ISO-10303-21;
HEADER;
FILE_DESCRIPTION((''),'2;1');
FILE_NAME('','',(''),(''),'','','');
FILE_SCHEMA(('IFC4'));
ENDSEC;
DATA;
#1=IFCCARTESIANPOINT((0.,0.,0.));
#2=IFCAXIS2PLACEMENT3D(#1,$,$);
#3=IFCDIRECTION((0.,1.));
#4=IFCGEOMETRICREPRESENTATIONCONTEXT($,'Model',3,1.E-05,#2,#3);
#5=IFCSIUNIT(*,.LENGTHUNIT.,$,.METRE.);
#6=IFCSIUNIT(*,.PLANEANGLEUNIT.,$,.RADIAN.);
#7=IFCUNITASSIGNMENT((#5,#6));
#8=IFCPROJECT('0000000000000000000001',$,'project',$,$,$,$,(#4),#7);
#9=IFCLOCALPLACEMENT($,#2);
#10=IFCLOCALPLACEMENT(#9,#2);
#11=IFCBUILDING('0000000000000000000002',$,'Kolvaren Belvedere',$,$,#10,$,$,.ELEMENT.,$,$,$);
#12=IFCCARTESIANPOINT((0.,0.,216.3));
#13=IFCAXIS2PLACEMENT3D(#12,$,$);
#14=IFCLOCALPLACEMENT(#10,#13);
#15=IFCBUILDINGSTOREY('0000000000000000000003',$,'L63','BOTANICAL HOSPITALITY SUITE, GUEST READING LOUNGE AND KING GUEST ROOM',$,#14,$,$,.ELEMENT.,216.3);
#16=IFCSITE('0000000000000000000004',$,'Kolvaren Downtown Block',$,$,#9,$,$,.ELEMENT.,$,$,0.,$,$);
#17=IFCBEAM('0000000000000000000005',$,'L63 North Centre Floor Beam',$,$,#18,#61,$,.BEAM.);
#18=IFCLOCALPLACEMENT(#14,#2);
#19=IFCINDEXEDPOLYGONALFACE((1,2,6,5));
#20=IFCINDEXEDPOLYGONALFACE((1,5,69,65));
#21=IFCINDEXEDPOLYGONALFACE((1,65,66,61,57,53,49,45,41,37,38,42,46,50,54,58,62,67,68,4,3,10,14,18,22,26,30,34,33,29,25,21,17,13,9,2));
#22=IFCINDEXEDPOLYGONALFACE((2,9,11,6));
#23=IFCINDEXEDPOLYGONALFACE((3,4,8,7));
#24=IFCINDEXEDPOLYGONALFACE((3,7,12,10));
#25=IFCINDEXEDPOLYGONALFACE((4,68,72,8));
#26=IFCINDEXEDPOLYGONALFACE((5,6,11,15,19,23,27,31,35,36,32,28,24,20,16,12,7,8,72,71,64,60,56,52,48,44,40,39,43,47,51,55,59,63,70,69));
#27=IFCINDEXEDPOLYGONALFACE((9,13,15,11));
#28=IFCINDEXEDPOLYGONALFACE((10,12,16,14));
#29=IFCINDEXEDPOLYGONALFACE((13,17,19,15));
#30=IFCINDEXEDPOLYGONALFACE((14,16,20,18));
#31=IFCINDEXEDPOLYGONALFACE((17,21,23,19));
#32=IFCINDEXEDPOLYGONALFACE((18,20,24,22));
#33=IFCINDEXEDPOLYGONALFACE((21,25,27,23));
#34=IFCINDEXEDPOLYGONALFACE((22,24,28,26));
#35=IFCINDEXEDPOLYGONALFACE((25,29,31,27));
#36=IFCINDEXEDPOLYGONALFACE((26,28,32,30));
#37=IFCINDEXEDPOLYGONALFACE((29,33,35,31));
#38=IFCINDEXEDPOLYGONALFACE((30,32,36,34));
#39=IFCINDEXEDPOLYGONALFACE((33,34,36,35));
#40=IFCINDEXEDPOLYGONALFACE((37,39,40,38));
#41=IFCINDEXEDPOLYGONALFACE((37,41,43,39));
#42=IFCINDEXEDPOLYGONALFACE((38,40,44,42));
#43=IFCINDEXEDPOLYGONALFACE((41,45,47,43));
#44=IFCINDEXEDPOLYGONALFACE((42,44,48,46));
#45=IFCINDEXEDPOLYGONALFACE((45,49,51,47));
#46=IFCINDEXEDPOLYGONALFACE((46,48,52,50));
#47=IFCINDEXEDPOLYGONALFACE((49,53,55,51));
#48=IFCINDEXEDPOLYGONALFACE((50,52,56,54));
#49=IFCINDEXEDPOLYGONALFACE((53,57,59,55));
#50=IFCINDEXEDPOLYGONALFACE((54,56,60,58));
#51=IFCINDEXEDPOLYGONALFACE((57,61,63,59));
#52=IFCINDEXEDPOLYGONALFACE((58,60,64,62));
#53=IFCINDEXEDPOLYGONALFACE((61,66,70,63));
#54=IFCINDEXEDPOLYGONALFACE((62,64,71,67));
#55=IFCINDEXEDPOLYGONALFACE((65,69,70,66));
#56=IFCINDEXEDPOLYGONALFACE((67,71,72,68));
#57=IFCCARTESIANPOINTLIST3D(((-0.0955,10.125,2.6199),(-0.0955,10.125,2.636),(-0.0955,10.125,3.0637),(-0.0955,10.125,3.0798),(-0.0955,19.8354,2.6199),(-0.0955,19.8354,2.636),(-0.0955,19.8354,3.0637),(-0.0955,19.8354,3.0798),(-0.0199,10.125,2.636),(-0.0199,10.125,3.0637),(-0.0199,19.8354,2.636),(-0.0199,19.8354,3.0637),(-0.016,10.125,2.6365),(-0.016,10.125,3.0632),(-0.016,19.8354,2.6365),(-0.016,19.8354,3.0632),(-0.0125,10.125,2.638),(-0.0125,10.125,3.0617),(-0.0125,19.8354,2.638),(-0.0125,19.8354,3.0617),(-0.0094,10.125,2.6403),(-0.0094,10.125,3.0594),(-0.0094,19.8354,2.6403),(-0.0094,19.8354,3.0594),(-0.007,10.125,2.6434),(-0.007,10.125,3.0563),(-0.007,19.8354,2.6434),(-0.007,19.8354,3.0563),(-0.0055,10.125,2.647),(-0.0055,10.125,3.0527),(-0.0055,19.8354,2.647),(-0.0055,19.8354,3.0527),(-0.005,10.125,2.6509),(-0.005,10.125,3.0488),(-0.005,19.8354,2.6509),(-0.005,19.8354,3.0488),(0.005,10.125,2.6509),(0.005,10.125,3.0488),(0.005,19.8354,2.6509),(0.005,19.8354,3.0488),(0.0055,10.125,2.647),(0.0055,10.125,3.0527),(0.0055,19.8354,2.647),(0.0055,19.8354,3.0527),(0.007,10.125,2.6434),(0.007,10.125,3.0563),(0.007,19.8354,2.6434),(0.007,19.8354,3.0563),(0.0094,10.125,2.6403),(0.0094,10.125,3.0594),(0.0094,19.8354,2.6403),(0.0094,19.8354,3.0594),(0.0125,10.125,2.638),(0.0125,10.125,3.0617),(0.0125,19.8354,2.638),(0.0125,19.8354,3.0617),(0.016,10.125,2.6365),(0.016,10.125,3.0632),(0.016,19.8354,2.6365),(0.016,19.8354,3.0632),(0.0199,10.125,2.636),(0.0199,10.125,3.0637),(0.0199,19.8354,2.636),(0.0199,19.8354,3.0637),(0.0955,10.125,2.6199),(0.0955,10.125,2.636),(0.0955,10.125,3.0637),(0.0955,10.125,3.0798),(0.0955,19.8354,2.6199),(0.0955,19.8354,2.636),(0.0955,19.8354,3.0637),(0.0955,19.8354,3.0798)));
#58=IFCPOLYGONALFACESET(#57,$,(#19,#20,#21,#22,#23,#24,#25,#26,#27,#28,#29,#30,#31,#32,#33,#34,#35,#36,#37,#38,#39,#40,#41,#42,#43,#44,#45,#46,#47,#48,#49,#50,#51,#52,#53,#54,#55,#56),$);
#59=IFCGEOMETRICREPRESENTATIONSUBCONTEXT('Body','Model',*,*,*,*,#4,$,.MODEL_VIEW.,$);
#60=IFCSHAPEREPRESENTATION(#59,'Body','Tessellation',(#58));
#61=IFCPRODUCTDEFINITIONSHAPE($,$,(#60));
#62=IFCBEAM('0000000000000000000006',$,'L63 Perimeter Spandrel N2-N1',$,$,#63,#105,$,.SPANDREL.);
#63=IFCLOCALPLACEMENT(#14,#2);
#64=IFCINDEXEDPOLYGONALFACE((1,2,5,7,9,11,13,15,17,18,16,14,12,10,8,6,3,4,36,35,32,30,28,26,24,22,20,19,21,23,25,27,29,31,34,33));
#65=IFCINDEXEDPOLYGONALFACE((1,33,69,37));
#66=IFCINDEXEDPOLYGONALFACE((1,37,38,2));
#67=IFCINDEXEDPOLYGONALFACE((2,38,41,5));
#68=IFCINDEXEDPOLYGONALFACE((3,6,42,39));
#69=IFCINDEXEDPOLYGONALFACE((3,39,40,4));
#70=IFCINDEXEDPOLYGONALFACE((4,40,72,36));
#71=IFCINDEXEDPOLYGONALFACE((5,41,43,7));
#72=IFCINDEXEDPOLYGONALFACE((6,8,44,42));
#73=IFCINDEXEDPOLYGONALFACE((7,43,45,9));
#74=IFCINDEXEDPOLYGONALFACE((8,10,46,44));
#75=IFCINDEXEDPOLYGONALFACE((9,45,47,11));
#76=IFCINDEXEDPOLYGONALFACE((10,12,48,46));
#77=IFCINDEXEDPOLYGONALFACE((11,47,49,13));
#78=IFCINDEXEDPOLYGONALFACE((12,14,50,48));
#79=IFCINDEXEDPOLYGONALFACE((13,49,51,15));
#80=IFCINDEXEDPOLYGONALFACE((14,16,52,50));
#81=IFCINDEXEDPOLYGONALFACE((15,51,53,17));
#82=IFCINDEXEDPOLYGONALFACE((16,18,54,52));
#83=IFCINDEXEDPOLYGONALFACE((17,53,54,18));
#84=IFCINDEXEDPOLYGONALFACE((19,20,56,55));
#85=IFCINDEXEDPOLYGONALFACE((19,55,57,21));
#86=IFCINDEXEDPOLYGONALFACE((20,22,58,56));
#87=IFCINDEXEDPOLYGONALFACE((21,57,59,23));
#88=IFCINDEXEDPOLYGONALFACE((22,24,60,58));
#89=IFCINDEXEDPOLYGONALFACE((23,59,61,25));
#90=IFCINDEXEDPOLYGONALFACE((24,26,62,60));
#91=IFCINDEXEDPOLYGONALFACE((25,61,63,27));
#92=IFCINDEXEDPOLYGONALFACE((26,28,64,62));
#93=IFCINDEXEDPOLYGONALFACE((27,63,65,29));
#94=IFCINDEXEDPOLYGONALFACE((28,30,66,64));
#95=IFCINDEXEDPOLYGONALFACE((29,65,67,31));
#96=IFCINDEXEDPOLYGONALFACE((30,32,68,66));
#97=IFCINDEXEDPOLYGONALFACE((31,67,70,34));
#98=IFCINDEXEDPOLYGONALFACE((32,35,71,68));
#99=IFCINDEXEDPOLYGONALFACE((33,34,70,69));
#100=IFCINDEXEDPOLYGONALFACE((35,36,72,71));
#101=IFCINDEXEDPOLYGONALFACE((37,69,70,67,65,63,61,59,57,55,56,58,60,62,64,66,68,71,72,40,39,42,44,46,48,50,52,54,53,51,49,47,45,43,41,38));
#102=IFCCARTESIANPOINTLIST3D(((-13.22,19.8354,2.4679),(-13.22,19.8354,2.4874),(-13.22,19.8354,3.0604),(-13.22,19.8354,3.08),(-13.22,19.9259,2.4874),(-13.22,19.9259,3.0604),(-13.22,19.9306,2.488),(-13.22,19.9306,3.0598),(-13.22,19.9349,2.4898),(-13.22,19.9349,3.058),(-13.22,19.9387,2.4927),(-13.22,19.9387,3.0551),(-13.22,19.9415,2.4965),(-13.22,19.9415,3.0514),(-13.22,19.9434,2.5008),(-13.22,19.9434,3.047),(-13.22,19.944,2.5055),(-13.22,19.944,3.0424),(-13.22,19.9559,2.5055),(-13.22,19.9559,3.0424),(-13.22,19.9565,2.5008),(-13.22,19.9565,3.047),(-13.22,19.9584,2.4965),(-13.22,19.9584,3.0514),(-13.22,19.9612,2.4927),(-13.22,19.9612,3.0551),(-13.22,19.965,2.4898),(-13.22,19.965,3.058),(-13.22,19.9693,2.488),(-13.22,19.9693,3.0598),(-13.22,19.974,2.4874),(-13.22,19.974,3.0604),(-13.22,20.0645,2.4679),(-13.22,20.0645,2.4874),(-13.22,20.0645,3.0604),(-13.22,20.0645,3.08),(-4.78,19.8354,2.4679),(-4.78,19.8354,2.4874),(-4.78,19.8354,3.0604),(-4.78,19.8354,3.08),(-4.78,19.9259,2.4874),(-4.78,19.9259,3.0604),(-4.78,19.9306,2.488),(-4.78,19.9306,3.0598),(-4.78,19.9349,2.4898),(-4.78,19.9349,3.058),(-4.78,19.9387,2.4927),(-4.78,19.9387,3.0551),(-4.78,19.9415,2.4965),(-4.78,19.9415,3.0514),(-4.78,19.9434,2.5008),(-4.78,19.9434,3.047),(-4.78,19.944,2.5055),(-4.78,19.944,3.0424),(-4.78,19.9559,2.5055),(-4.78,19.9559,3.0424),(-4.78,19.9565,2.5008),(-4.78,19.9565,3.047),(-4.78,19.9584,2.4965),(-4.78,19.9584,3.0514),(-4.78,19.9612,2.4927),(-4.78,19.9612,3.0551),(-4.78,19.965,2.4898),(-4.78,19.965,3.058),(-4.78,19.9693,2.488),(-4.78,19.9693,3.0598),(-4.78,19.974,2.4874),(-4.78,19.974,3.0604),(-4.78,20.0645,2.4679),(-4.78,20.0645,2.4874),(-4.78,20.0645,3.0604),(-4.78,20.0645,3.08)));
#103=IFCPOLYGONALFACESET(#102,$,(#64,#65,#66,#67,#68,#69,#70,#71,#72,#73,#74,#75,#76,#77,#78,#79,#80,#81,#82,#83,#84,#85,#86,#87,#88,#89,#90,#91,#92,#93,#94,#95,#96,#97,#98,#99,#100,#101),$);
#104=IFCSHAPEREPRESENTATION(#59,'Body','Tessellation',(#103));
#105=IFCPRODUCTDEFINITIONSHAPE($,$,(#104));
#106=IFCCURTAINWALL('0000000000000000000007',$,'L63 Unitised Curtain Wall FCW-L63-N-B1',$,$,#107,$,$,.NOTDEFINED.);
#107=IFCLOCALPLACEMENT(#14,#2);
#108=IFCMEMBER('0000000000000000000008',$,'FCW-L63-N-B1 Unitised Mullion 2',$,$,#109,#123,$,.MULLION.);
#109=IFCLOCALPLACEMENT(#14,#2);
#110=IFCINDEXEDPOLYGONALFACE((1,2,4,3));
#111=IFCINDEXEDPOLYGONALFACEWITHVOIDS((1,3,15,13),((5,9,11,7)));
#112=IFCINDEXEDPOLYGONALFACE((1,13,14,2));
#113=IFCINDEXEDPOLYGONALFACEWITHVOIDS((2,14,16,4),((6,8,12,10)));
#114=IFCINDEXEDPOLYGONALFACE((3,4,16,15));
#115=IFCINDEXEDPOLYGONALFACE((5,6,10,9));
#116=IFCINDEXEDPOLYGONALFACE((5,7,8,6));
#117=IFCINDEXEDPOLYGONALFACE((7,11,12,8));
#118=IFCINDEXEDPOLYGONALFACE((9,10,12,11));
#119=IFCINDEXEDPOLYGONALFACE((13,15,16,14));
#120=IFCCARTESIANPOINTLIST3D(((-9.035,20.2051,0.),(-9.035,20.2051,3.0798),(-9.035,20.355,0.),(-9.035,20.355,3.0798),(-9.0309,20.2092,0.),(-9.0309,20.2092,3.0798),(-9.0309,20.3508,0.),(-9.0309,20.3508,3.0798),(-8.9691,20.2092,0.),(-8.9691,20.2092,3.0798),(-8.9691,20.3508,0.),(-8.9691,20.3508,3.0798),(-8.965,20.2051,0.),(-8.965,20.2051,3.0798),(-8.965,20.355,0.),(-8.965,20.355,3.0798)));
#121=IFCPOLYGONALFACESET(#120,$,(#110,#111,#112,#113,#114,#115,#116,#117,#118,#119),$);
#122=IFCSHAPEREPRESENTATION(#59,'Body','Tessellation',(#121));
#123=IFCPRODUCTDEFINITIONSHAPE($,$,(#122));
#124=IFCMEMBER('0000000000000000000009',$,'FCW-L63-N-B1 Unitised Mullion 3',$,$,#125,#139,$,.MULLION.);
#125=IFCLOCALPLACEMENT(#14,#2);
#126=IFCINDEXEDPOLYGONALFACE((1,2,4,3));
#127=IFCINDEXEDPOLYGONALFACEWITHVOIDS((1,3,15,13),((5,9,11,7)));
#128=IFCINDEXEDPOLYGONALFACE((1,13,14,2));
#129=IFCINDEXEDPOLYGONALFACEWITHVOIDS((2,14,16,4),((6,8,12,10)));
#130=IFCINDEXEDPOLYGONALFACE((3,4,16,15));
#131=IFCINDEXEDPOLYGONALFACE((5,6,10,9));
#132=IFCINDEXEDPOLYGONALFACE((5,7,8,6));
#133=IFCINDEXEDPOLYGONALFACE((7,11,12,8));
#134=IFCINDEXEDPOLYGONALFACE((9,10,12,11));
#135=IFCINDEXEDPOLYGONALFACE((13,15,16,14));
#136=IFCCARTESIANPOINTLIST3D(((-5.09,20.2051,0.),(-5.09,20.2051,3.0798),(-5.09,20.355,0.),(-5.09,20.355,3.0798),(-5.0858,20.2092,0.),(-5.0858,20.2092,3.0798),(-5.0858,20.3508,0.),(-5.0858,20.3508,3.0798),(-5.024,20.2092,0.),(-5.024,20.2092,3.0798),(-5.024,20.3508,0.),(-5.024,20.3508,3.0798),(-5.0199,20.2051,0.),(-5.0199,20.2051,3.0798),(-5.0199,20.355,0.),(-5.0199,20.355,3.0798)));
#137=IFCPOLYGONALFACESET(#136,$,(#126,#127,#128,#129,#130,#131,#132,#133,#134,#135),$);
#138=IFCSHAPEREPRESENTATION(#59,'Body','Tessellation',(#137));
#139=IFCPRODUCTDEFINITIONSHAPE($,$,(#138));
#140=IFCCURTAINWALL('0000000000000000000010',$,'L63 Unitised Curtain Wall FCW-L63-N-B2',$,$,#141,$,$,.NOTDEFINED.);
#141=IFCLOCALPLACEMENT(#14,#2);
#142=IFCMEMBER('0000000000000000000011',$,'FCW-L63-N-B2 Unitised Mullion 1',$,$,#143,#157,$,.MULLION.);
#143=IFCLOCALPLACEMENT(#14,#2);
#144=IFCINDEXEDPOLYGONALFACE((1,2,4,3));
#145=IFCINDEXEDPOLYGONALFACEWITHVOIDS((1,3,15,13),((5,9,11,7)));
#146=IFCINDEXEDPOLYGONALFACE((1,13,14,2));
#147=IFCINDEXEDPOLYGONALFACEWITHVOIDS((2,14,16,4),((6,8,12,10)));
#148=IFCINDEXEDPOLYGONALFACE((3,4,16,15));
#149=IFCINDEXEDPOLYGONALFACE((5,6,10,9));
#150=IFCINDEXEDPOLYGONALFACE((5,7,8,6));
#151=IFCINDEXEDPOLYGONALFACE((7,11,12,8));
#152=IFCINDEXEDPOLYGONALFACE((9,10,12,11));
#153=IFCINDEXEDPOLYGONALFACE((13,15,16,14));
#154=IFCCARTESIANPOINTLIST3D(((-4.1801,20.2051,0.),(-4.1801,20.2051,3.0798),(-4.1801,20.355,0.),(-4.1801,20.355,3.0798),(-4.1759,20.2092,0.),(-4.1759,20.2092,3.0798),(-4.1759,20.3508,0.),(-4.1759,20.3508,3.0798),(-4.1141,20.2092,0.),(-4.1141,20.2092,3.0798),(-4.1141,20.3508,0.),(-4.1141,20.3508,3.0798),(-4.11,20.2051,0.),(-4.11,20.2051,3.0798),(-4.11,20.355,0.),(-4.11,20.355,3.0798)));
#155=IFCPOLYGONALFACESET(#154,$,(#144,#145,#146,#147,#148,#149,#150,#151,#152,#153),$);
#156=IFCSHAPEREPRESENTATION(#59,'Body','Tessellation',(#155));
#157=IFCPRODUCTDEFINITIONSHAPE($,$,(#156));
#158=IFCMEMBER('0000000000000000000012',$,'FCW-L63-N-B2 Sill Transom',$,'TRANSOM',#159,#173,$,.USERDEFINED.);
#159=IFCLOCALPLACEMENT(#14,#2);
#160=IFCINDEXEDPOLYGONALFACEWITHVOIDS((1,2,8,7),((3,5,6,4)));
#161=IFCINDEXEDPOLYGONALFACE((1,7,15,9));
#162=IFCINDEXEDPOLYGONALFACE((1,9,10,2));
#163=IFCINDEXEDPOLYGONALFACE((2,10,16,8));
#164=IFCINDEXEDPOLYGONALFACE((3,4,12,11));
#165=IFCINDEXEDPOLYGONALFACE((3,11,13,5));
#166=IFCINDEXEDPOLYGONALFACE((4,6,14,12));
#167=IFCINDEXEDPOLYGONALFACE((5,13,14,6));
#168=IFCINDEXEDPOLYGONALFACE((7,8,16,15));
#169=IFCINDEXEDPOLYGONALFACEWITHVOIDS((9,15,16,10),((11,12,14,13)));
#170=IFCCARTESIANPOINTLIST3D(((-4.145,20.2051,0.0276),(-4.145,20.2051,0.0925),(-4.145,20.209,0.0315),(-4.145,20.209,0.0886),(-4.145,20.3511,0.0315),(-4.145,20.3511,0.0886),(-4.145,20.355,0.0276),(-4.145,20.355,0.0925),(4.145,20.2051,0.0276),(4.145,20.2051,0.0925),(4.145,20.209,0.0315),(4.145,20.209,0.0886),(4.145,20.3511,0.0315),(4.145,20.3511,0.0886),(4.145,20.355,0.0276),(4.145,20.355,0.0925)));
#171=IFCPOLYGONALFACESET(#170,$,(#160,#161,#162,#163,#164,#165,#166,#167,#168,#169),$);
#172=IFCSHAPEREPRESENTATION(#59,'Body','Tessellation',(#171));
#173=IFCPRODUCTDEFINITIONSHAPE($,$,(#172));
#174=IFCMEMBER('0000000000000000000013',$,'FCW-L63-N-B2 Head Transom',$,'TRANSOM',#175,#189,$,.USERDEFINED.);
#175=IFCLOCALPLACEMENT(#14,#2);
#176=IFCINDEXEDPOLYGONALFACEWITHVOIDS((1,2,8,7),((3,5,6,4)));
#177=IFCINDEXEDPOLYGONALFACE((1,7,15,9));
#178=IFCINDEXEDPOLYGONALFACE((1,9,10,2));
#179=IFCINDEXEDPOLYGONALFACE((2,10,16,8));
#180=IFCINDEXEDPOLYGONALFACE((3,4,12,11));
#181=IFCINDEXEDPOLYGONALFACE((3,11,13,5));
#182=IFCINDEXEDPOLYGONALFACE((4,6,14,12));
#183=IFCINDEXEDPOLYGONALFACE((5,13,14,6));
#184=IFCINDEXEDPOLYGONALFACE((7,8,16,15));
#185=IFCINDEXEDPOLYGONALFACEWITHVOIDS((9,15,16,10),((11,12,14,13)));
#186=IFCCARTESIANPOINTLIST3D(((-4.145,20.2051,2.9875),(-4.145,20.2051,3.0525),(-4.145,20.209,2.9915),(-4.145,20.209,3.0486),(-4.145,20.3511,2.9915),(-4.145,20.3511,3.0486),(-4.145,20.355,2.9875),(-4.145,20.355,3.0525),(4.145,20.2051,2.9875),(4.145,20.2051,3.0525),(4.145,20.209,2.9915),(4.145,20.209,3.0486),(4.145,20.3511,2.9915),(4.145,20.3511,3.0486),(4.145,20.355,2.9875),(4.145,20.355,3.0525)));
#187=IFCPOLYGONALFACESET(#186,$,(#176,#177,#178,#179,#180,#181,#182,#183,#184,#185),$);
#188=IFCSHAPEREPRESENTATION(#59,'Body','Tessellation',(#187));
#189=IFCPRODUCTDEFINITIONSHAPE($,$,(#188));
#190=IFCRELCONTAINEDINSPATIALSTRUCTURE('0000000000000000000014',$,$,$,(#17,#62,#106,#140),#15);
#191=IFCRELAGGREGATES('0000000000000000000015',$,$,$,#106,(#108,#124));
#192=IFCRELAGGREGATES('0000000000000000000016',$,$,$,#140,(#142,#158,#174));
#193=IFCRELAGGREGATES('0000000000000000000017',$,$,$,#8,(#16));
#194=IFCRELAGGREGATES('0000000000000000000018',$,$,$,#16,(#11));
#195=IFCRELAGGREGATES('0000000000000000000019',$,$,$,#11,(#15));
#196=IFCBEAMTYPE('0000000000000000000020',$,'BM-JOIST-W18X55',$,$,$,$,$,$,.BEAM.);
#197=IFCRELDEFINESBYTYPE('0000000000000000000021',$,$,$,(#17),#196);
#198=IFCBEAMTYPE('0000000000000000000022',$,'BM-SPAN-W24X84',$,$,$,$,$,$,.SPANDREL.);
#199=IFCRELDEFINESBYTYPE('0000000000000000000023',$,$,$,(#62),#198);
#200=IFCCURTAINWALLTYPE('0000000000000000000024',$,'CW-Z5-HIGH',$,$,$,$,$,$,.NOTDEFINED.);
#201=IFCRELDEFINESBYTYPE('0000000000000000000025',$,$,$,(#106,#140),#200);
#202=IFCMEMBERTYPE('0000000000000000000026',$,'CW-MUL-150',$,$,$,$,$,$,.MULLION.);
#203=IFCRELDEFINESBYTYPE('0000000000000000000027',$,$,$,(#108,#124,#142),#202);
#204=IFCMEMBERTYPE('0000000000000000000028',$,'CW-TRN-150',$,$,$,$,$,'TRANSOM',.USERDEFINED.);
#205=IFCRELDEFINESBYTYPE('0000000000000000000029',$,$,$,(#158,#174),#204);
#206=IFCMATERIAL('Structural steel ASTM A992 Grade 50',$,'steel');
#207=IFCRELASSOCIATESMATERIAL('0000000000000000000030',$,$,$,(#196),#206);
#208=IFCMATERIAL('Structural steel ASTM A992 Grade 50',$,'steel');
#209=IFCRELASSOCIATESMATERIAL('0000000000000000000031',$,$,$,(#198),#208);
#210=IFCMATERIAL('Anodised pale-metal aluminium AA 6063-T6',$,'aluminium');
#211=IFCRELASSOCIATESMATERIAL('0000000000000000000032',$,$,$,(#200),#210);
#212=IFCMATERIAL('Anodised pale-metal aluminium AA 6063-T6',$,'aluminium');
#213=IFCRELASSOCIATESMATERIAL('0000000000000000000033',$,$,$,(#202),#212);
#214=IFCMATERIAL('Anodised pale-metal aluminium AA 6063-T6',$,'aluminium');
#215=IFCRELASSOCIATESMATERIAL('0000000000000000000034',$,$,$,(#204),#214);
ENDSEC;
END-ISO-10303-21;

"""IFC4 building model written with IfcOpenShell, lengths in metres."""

from ifc_helpers import new_model, si_unit, direction, frame, origin, origin_2d, place, context, subcontext, project, spatial, hollow_rectangle, i_section, extrude, material, material_profile, profile_set, type_object, element, aggregate, save


model = new_model("IFC4")

# Units and contexts
model_context = context("Model", 3, precision=1e-05, world=origin(), true_north=direction((0.0, 1.0)))
body_context = subcontext(model_context, "Body", "Model", "MODEL_VIEW")
ifc_project = project(units=[si_unit("LENGTHUNIT", "METRE"), si_unit("PLANEANGLEUNIT", "RADIAN")], contexts=[model_context])

# Site, building, storey
site_placement = place(None, origin())
site = spatial("IfcSite", under=ifc_project, at=site_placement, Name="Kolvaren Downtown Block", CompositionType="ELEMENT", RefElevation=0.0)
building_placement = place(site_placement, origin())
building = spatial("IfcBuilding", under=site, at=building_placement, Name="Kolvaren Belvedere", CompositionType="ELEMENT")
storey_placement = place(building_placement, frame((0.0, 0.0, 216.3)))
storey = spatial("IfcBuildingStorey", under=building, at=storey_placement, Name="L63", Description="BOTANICAL HOSPITALITY SUITE, GUEST READING LOUNGE AND KING GUEST ROOM", CompositionType="ELEMENT", Elevation=216.3)

# Beams
ifc_material_1 = material(Name="Structural steel ASTM A992 Grade 50", Category="steel")
ifc_material_profile_1 = material_profile(ifc_material_1, i_section(OverallWidth=0.1909, OverallDepth=0.46, WebThickness=0.01, FlangeThickness=0.0161, FilletRadius=0.0149, at=origin_2d()), Name="W18X55")
ifc_profile_set_1 = profile_set([ifc_material_profile_1], Name="Structural steel ASTM A992 Grade 50")
beam_type_1 = type_object("IfcBeamType", Name="BM-JOIST-W18X55", PredefinedType="BEAM", material=ifc_profile_set_1)
beam_1_placement = place(storey_placement, frame((0.0, 10.125, 2.8499), z_axis=(0.0, 1.0, 0.0), x_axis=(-1.0, 0.0, 0.0)))
element("IfcBeam", 1, at=beam_1_placement, inside=storey, type_object=beam_type_1, Name="L63 North Centre Floor Beam", PredefinedType="BEAM", context=body_context, shape_type="SweptSolid", body=[
    extrude(i_section(OverallWidth=0.1909, OverallDepth=0.46, WebThickness=0.01, FlangeThickness=0.0161, FilletRadius=0.0149, at=origin_2d()), origin(), (0.0, 0.0, 1.0), 9.7104),
])
ifc_material_2 = material(Name="Structural steel ASTM A992 Grade 50", Category="steel")
ifc_material_profile_2 = material_profile(ifc_material_2, i_section(OverallWidth=0.229, OverallDepth=0.6121, WebThickness=0.012, FlangeThickness=0.0195, FilletRadius=0.0181, at=origin_2d()), Name="W24X84")
ifc_profile_set_2 = profile_set([ifc_material_profile_2], Name="Structural steel ASTM A992 Grade 50")
beam_type_2 = type_object("IfcBeamType", Name="BM-SPAN-W24X84", PredefinedType="SPANDREL", material=ifc_profile_set_2)
beam_2_placement = place(storey_placement, frame((-4.78, 19.95, 2.7739), z_axis=(-1.0, 0.0, 0.0), x_axis=(0.0, -1.0, 0.0)))
element("IfcBeam", 2, at=beam_2_placement, inside=storey, type_object=beam_type_2, Name="L63 Perimeter Spandrel N2-N1", PredefinedType="SPANDREL", context=body_context, shape_type="SweptSolid", body=[
    extrude(i_section(OverallWidth=0.229, OverallDepth=0.6121, WebThickness=0.012, FlangeThickness=0.0195, FilletRadius=0.0181, at=origin_2d()), origin(), (0.0, 0.0, 1.0), 8.4399),
])

# Curtain walls, members
ifc_material_3 = material(Name="Anodised pale-metal aluminium AA 6063-T6", Category="aluminium")
curtain_wall_type = type_object("IfcCurtainWallType", Name="CW-Z5-HIGH", PredefinedType="NOTDEFINED", material=ifc_material_3)
curtain_wall_1_placement = place(storey_placement, origin())
curtain_wall_1 = element("IfcCurtainWall", 3, at=curtain_wall_1_placement, inside=storey, type_object=curtain_wall_type, Name="L63 Unitised Curtain Wall FCW-L63-N-B1", PredefinedType="NOTDEFINED")
ifc_material_4 = material(Name="Anodised pale-metal aluminium AA 6063-T6", Category="aluminium")
ifc_material_profile_3 = material_profile(ifc_material_4, hollow_rectangle(XDim=0.0701, YDim=0.1499, WallThickness=0.0042, at=origin_2d()), Name="ALU-MUL-150X70")
ifc_profile_set_3 = profile_set([ifc_material_profile_3], Name="Anodised pale-metal aluminium AA 6063-T6")
member_type_1 = type_object("IfcMemberType", Name="CW-MUL-150", PredefinedType="MULLION", material=ifc_profile_set_3)
member_1_placement = place(storey_placement, frame((-9.0, 20.28, 0.0), z_axis=(0.0, 0.0, 1.0), x_axis=(1.0, 0.0, 0.0)))
member_1 = element("IfcMember", 4, at=member_1_placement, type_object=member_type_1, Name="FCW-L63-N-B1 Unitised Mullion 2", PredefinedType="MULLION", context=body_context, shape_type="SweptSolid", body=[
    extrude(hollow_rectangle(XDim=0.0701, YDim=0.1499, WallThickness=0.0042, at=origin_2d()), origin(), (0.0, 0.0, 1.0), 3.0798),
])
member_2_placement = place(storey_placement, frame((-5.0549, 20.28, 0.0), z_axis=(0.0, 0.0, 1.0), x_axis=(1.0, 0.0, 0.0)))
member_2 = element("IfcMember", 5, at=member_2_placement, type_object=member_type_1, Name="FCW-L63-N-B1 Unitised Mullion 3", PredefinedType="MULLION", context=body_context, shape_type="SweptSolid", body=[
    extrude(hollow_rectangle(XDim=0.0701, YDim=0.1499, WallThickness=0.0042, at=origin_2d()), origin(), (0.0, 0.0, 1.0), 3.0798),
])
curtain_wall_2_placement = place(storey_placement, origin())
curtain_wall_2 = element("IfcCurtainWall", 6, at=curtain_wall_2_placement, inside=storey, type_object=curtain_wall_type, Name="L63 Unitised Curtain Wall FCW-L63-N-B2", PredefinedType="NOTDEFINED")
member_3_placement = place(storey_placement, frame((-4.145, 20.28, 0.0), z_axis=(0.0, 0.0, 1.0), x_axis=(1.0, 0.0, 0.0)))
member_3 = element("IfcMember", 7, at=member_3_placement, type_object=member_type_1, Name="FCW-L63-N-B2 Unitised Mullion 1", PredefinedType="MULLION", context=body_context, shape_type="SweptSolid", body=[
    extrude(hollow_rectangle(XDim=0.0701, YDim=0.1499, WallThickness=0.0042, at=origin_2d()), origin(), (0.0, 0.0, 1.0), 3.0798),
])
ifc_material_5 = material(Name="Anodised pale-metal aluminium AA 6063-T6", Category="aluminium")
ifc_material_profile_4 = material_profile(ifc_material_5, hollow_rectangle(XDim=0.0649, YDim=0.1499, WallThickness=0.0039, at=origin_2d()), Name="ALU-TRN-150X65")
ifc_profile_set_4 = profile_set([ifc_material_profile_4], Name="Anodised pale-metal aluminium AA 6063-T6")
member_type_2 = type_object("IfcMemberType", Name="CW-TRN-150", ElementType="TRANSOM", PredefinedType="USERDEFINED", material=ifc_profile_set_4)
member_4_placement = place(storey_placement, frame((-4.145, 20.28, 0.0601), z_axis=(1.0, 0.0, 0.0), x_axis=(0.0, 0.0, 1.0)))
member_4 = element("IfcMember", 8, at=member_4_placement, type_object=member_type_2, Name="FCW-L63-N-B2 Sill Transom", ObjectType="TRANSOM", PredefinedType="USERDEFINED", context=body_context, shape_type="SweptSolid", body=[
    extrude(hollow_rectangle(XDim=0.0649, YDim=0.1499, WallThickness=0.0039, at=origin_2d()), origin(), (0.0, 0.0, 1.0), 8.29),
])
member_5_placement = place(storey_placement, frame((-4.145, 20.28, 3.02), z_axis=(1.0, 0.0, 0.0), x_axis=(0.0, 0.0, 1.0)))
member_5 = element("IfcMember", 9, at=member_5_placement, type_object=member_type_2, Name="FCW-L63-N-B2 Head Transom", ObjectType="TRANSOM", PredefinedType="USERDEFINED", context=body_context, shape_type="SweptSolid", body=[
    extrude(hollow_rectangle(XDim=0.0649, YDim=0.1499, WallThickness=0.0039, at=origin_2d()), origin(), (0.0, 0.0, 1.0), 8.29),
])

aggregate(curtain_wall_1, [member_1, member_2])
aggregate(curtain_wall_2, [member_3, member_4, member_5])

save(model, "model.ifc")
